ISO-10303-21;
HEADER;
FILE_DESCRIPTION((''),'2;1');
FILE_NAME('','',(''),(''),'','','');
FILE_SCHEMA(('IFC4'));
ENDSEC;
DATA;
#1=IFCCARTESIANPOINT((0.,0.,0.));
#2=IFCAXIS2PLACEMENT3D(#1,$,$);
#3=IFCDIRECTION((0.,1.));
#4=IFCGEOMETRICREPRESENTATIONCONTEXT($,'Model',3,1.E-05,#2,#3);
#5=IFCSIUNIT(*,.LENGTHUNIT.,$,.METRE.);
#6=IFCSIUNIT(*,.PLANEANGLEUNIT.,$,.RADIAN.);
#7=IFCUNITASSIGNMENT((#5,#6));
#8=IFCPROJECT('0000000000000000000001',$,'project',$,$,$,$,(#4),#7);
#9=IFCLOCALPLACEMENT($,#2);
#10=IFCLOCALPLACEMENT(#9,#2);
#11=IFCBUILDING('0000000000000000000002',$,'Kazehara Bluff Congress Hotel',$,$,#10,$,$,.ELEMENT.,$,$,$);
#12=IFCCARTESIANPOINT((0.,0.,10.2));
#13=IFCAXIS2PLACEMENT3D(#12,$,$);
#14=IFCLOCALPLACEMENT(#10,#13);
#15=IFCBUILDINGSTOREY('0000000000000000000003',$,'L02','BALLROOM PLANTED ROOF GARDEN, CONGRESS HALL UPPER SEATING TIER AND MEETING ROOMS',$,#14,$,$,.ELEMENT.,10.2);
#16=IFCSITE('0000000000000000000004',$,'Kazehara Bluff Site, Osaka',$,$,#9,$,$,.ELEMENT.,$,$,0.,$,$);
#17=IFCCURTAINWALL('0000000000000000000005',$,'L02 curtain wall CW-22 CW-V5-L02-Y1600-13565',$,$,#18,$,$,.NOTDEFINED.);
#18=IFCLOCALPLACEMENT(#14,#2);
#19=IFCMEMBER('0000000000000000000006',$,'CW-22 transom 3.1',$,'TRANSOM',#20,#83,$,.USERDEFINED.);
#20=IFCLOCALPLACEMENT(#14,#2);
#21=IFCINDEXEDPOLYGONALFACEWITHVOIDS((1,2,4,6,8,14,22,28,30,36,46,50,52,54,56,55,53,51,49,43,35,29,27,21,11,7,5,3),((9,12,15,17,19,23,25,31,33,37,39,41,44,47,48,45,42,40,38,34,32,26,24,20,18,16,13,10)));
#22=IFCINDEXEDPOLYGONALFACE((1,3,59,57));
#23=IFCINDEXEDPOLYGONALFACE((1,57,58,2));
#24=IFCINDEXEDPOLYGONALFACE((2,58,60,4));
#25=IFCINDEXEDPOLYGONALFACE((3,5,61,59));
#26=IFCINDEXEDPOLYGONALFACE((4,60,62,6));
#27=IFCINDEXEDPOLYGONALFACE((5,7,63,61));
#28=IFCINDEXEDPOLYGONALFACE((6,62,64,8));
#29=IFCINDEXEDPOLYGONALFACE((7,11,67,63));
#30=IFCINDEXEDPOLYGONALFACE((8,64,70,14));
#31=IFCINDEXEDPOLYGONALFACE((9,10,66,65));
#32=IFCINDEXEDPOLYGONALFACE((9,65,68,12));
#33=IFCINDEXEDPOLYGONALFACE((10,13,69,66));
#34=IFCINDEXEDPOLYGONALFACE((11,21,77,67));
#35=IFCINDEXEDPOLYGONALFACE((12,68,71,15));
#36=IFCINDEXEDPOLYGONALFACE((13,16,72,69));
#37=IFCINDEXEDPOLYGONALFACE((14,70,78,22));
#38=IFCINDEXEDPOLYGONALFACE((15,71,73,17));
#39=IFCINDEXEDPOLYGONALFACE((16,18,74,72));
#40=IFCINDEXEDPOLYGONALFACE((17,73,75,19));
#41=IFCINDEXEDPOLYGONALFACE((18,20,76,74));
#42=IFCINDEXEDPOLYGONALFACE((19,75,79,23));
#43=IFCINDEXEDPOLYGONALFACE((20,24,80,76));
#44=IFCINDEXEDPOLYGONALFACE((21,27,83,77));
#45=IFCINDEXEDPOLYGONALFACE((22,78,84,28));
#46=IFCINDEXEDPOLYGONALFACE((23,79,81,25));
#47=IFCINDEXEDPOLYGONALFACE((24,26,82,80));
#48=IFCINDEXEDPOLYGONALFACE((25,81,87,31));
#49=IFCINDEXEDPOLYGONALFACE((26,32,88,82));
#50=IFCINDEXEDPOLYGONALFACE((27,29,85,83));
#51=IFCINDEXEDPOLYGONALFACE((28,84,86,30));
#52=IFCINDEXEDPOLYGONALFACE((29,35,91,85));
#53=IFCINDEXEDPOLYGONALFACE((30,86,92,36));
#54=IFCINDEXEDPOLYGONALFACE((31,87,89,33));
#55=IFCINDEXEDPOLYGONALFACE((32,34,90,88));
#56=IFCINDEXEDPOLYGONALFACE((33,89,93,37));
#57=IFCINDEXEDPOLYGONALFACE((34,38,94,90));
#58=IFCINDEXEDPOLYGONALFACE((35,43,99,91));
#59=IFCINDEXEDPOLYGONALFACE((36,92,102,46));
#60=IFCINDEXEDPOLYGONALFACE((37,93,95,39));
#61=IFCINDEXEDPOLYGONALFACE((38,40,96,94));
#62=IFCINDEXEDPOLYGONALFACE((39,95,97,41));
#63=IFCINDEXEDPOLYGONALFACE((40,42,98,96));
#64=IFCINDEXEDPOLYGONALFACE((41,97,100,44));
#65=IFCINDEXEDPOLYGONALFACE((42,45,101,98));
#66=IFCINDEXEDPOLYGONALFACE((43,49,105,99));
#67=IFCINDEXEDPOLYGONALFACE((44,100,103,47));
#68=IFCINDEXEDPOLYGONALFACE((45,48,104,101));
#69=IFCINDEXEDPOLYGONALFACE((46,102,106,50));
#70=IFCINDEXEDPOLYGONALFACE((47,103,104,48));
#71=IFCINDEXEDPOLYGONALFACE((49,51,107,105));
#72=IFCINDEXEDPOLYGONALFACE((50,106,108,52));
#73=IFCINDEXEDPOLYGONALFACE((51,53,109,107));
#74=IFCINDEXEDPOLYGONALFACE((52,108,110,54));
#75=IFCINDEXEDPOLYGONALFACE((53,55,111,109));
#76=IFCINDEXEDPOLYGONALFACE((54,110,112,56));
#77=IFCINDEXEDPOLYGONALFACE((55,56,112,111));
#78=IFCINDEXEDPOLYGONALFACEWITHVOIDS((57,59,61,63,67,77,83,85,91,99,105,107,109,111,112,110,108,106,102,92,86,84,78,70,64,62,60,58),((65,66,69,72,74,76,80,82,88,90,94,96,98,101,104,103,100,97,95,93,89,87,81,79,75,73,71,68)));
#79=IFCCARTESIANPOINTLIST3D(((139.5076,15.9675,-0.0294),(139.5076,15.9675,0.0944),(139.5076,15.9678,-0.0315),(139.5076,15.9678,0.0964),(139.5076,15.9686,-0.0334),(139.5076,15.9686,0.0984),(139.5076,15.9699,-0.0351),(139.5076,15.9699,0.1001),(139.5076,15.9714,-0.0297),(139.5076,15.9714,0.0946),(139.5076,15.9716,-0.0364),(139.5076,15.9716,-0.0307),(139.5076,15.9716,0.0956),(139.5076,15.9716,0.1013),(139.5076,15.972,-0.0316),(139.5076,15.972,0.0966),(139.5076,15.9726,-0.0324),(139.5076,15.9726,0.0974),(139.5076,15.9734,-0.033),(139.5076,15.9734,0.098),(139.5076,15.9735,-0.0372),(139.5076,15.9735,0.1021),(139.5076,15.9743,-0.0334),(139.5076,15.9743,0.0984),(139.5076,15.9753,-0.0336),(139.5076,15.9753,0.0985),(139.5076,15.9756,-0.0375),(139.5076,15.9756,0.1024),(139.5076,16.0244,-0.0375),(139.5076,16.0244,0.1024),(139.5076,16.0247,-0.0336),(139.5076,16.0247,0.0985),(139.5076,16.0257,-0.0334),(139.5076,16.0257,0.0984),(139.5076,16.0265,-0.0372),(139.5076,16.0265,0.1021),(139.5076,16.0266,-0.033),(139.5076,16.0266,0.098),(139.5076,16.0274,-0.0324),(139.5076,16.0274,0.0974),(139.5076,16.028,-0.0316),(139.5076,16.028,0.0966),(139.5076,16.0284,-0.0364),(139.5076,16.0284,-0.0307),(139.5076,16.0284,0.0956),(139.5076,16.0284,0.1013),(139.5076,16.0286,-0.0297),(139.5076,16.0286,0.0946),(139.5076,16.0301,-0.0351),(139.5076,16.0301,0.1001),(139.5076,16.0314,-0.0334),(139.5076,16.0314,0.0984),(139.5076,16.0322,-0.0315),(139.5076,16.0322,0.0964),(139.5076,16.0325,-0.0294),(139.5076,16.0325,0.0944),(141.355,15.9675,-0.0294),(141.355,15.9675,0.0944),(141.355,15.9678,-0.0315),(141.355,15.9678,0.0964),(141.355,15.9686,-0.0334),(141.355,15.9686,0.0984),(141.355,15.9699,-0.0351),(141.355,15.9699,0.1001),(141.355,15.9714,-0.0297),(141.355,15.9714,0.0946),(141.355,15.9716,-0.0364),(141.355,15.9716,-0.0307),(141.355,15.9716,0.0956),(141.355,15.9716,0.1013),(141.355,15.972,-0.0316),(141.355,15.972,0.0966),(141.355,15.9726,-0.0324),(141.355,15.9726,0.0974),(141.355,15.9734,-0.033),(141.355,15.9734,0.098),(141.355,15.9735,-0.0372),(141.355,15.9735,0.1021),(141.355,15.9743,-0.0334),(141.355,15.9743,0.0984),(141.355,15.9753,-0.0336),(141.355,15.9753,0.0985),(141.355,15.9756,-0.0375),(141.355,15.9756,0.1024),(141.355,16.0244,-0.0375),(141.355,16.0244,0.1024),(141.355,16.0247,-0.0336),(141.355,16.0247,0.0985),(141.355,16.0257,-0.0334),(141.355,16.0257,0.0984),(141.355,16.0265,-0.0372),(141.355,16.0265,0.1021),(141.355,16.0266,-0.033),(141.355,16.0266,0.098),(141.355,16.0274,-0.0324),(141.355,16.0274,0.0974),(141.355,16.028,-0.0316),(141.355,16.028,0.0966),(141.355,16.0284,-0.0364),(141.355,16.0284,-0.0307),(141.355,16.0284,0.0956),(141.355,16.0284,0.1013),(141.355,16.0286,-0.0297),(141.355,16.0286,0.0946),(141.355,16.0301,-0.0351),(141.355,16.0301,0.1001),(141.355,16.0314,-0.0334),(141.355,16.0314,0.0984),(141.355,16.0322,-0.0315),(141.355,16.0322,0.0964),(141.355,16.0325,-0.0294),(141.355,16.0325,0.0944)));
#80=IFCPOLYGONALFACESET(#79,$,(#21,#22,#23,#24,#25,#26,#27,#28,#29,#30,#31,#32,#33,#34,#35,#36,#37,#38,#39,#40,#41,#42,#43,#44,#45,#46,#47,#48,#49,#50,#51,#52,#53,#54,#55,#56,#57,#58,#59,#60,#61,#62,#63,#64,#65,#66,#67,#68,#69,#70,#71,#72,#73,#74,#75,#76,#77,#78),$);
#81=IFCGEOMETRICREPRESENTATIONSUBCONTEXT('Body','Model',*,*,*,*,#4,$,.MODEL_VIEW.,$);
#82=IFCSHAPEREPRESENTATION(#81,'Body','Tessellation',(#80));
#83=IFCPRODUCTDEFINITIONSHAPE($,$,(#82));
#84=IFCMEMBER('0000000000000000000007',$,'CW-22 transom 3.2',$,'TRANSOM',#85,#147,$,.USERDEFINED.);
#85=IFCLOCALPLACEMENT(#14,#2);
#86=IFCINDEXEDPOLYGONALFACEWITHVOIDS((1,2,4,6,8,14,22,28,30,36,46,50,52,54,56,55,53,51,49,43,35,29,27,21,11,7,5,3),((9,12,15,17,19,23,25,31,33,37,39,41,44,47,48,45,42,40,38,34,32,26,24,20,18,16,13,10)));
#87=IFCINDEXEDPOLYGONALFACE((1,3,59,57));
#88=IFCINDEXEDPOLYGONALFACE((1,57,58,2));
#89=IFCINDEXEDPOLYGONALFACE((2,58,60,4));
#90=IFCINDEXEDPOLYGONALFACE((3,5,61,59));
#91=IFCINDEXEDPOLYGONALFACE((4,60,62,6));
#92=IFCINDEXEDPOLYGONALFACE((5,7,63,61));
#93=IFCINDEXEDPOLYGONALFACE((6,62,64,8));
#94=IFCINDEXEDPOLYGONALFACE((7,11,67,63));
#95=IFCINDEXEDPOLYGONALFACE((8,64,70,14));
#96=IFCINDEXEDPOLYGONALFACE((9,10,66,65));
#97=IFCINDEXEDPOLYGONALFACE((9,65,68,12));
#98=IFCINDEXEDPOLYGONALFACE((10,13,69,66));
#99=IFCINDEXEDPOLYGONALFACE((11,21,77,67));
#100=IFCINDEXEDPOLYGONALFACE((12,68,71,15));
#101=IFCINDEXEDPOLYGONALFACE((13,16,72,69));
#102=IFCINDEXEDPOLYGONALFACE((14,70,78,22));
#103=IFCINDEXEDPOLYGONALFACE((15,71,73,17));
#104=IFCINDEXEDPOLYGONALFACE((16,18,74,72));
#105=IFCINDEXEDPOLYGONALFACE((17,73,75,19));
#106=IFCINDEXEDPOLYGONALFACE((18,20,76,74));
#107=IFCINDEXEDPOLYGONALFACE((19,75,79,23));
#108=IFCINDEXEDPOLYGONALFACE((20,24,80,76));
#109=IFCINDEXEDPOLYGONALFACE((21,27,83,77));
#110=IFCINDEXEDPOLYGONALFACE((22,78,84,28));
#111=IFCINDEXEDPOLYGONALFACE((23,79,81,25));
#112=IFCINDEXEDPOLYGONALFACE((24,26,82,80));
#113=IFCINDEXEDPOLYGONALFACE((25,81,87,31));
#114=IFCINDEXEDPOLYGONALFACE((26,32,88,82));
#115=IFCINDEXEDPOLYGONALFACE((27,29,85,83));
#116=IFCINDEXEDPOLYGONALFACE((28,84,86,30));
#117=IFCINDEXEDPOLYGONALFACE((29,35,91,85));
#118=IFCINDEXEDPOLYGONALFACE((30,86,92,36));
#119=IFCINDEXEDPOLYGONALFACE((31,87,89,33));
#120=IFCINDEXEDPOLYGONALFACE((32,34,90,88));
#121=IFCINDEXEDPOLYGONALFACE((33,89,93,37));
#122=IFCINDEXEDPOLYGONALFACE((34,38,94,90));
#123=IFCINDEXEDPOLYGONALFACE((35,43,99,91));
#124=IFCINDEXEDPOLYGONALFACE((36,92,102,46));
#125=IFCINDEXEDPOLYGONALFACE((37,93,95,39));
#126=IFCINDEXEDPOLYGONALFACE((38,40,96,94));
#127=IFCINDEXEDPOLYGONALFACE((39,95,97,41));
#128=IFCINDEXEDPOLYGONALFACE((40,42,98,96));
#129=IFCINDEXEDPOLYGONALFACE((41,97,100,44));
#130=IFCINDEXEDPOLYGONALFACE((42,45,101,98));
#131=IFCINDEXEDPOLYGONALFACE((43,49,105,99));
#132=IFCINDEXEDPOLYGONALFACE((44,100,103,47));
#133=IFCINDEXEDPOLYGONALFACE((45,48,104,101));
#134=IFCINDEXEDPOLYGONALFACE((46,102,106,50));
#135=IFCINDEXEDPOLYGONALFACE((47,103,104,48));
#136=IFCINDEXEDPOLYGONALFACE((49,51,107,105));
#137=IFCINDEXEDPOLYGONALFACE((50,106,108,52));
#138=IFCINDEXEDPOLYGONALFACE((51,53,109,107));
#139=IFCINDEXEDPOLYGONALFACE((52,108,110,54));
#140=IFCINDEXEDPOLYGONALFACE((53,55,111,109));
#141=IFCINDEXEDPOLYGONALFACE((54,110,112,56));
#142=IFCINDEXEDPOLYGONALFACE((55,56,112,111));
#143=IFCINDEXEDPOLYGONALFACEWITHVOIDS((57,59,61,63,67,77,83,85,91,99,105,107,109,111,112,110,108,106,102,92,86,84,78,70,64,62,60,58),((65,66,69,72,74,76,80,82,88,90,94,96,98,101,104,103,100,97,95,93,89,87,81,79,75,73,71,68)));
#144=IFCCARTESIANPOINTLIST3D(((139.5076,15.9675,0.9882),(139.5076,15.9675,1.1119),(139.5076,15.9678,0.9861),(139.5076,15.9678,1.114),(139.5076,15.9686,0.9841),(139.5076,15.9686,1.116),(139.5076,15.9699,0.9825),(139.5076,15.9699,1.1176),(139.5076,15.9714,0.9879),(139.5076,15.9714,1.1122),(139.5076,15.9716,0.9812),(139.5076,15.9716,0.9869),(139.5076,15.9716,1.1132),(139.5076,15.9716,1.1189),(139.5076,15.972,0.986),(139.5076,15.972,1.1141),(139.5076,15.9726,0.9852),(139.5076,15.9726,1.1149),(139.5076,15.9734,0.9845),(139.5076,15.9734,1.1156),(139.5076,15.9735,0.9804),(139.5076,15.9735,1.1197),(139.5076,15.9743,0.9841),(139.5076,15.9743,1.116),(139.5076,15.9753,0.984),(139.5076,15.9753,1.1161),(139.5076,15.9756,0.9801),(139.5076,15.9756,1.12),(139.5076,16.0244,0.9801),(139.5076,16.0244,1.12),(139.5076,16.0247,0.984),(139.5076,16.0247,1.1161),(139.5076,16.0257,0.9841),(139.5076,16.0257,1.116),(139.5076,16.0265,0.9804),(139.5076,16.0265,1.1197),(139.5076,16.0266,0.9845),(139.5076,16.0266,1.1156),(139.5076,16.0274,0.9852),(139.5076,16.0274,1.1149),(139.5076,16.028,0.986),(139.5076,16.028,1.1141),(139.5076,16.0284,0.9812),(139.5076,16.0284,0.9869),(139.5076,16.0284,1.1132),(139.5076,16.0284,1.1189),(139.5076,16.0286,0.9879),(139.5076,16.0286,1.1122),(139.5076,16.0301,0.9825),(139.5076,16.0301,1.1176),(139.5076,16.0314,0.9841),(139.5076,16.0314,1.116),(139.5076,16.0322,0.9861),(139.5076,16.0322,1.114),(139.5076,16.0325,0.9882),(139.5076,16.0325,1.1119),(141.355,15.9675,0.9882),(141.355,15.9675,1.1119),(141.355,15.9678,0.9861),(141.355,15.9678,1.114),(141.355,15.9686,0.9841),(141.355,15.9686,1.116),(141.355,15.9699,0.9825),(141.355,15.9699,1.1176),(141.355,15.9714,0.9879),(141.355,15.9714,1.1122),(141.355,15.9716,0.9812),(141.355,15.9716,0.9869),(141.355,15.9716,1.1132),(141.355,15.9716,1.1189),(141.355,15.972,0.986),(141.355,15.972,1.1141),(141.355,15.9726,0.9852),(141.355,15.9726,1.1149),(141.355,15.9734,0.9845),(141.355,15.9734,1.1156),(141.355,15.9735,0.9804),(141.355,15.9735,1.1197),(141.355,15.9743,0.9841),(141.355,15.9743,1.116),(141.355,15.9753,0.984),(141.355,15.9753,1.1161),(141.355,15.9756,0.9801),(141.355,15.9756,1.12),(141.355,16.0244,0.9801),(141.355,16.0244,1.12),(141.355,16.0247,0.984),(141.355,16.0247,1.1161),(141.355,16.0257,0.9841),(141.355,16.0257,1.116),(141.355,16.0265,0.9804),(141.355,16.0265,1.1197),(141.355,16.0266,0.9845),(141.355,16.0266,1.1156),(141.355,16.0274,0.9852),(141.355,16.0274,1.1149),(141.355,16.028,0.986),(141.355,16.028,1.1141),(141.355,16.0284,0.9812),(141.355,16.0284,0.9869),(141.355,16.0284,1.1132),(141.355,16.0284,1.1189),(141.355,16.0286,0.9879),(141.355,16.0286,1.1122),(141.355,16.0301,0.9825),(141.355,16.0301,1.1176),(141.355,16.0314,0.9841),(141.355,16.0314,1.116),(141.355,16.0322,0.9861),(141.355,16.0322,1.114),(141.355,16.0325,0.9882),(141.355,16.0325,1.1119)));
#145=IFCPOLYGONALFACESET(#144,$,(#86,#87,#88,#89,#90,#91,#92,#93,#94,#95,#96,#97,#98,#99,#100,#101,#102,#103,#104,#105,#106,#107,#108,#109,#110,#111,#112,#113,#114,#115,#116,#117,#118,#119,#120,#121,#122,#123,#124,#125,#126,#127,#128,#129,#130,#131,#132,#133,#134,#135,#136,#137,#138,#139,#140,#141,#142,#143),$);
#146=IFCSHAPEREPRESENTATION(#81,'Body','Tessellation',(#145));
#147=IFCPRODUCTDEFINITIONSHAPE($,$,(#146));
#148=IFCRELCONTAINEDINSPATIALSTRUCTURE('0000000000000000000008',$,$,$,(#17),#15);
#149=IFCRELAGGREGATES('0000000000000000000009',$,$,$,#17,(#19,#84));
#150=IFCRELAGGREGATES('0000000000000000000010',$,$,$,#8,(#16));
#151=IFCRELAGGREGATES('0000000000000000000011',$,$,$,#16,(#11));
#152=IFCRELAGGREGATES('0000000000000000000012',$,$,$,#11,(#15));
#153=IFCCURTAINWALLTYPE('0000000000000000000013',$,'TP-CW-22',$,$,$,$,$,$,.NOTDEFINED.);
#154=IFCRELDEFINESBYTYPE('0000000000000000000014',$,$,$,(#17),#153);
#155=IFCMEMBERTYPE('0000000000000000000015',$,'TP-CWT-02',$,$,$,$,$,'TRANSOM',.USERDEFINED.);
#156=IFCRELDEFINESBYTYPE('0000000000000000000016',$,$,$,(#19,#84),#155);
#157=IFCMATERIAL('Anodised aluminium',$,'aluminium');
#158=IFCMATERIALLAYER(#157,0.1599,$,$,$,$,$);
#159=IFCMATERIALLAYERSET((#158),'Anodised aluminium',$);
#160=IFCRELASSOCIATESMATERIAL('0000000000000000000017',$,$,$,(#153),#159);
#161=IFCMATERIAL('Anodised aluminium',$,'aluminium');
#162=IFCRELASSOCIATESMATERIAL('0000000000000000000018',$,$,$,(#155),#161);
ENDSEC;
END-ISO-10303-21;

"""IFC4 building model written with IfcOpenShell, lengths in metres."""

from ifc_helpers import new_model, si_unit, direction, frame, origin, origin_2d, place, context, subcontext, project, spatial, hollow_rectangle, extrude, material, layer, layer_set, material_profile, profile_set, type_object, element, aggregate, save


model = new_model("IFC4")

# Units and contexts
model_context = context("Model", 3, precision=1e-05, world=origin(), true_north=direction((0.0, 1.0)))
body_context = subcontext(model_context, "Body", "Model", "MODEL_VIEW")
ifc_project = project(units=[si_unit("LENGTHUNIT", "METRE"), si_unit("PLANEANGLEUNIT", "RADIAN")], contexts=[model_context])

# Site, building, storey
site_placement = place(None, origin())
site = spatial("IfcSite", under=ifc_project, at=site_placement, Name="Kazehara Bluff Site, Osaka", CompositionType="ELEMENT", RefElevation=0.0)
building_placement = place(site_placement, origin())
building = spatial("IfcBuilding", under=site, at=building_placement, Name="Kazehara Bluff Congress Hotel", CompositionType="ELEMENT")
storey_placement = place(building_placement, frame((0.0, 0.0, 10.2)))
storey = spatial("IfcBuildingStorey", under=building, at=storey_placement, Name="L02", Description="BALLROOM PLANTED ROOF GARDEN, CONGRESS HALL UPPER SEATING TIER AND MEETING ROOMS", CompositionType="ELEMENT", Elevation=10.2)

# Curtain wall, members
ifc_material_1 = material(Name="Anodised aluminium", Category="aluminium")
ifc_layer_1 = layer(ifc_material_1, 0.1599)
ifc_layer_set_1 = layer_set([ifc_layer_1], Name="Anodised aluminium")
curtain_wall_type = type_object("IfcCurtainWallType", Name="TP-CW-22", PredefinedType="NOTDEFINED", material=ifc_layer_set_1)
curtain_wall_placement = place(storey_placement, origin())
curtain_wall = element("IfcCurtainWall", 1, at=curtain_wall_placement, inside=storey, type_object=curtain_wall_type, Name="L02 curtain wall CW-22 CW-V5-L02-Y1600-13565", PredefinedType="NOTDEFINED")
ifc_material_2 = material(Name="Anodised aluminium", Category="aluminium")
ifc_material_profile_1 = material_profile(ifc_material_2, hollow_rectangle(XDim=0.0649, YDim=0.1399, WallThickness=0.0039, InnerFilletRadius=0.0039, OuterFilletRadius=0.0081, at=origin_2d()))
ifc_profile_set_1 = profile_set([ifc_material_profile_1], Name="Anodised aluminium")
member_type_1 = type_object("IfcMemberType", Name="TP-CWT-02", ElementType="TRANSOM", PredefinedType="USERDEFINED", material=ifc_profile_set_1)
member_1_placement = place(storey_placement, frame((139.5076, 16.0, 0.0325), z_axis=(1.0, 0.0, 0.0), x_axis=(0.0, 1.0, 0.0)))
member_1 = element("IfcMember", 2, at=member_1_placement, type_object=member_type_1, Name="CW-22 transom 3.1", ObjectType="TRANSOM", PredefinedType="USERDEFINED", context=body_context, shape_type="SweptSolid", body=[
    extrude(hollow_rectangle(XDim=0.0649, YDim=0.1399, WallThickness=0.0039, InnerFilletRadius=0.0039, OuterFilletRadius=0.0081, at=origin_2d()), origin(), (0.0, 0.0, 1.0), 1.8474),
])
member_2_placement = place(storey_placement, frame((139.5076, 16.0, 1.05), z_axis=(1.0, 0.0, 0.0), x_axis=(0.0, 1.0, 0.0)))
member_2 = element("IfcMember", 3, at=member_2_placement, type_object=member_type_1, Name="CW-22 transom 3.2", ObjectType="TRANSOM", PredefinedType="USERDEFINED", context=body_context, shape_type="SweptSolid", body=[
    extrude(hollow_rectangle(XDim=0.0649, YDim=0.1399, WallThickness=0.0039, InnerFilletRadius=0.0039, OuterFilletRadius=0.0081, at=origin_2d()), origin(), (0.0, 0.0, 1.0), 1.8474),
])
aggregate(curtain_wall, [member_1, member_2])

save(model, "model.ifc")
